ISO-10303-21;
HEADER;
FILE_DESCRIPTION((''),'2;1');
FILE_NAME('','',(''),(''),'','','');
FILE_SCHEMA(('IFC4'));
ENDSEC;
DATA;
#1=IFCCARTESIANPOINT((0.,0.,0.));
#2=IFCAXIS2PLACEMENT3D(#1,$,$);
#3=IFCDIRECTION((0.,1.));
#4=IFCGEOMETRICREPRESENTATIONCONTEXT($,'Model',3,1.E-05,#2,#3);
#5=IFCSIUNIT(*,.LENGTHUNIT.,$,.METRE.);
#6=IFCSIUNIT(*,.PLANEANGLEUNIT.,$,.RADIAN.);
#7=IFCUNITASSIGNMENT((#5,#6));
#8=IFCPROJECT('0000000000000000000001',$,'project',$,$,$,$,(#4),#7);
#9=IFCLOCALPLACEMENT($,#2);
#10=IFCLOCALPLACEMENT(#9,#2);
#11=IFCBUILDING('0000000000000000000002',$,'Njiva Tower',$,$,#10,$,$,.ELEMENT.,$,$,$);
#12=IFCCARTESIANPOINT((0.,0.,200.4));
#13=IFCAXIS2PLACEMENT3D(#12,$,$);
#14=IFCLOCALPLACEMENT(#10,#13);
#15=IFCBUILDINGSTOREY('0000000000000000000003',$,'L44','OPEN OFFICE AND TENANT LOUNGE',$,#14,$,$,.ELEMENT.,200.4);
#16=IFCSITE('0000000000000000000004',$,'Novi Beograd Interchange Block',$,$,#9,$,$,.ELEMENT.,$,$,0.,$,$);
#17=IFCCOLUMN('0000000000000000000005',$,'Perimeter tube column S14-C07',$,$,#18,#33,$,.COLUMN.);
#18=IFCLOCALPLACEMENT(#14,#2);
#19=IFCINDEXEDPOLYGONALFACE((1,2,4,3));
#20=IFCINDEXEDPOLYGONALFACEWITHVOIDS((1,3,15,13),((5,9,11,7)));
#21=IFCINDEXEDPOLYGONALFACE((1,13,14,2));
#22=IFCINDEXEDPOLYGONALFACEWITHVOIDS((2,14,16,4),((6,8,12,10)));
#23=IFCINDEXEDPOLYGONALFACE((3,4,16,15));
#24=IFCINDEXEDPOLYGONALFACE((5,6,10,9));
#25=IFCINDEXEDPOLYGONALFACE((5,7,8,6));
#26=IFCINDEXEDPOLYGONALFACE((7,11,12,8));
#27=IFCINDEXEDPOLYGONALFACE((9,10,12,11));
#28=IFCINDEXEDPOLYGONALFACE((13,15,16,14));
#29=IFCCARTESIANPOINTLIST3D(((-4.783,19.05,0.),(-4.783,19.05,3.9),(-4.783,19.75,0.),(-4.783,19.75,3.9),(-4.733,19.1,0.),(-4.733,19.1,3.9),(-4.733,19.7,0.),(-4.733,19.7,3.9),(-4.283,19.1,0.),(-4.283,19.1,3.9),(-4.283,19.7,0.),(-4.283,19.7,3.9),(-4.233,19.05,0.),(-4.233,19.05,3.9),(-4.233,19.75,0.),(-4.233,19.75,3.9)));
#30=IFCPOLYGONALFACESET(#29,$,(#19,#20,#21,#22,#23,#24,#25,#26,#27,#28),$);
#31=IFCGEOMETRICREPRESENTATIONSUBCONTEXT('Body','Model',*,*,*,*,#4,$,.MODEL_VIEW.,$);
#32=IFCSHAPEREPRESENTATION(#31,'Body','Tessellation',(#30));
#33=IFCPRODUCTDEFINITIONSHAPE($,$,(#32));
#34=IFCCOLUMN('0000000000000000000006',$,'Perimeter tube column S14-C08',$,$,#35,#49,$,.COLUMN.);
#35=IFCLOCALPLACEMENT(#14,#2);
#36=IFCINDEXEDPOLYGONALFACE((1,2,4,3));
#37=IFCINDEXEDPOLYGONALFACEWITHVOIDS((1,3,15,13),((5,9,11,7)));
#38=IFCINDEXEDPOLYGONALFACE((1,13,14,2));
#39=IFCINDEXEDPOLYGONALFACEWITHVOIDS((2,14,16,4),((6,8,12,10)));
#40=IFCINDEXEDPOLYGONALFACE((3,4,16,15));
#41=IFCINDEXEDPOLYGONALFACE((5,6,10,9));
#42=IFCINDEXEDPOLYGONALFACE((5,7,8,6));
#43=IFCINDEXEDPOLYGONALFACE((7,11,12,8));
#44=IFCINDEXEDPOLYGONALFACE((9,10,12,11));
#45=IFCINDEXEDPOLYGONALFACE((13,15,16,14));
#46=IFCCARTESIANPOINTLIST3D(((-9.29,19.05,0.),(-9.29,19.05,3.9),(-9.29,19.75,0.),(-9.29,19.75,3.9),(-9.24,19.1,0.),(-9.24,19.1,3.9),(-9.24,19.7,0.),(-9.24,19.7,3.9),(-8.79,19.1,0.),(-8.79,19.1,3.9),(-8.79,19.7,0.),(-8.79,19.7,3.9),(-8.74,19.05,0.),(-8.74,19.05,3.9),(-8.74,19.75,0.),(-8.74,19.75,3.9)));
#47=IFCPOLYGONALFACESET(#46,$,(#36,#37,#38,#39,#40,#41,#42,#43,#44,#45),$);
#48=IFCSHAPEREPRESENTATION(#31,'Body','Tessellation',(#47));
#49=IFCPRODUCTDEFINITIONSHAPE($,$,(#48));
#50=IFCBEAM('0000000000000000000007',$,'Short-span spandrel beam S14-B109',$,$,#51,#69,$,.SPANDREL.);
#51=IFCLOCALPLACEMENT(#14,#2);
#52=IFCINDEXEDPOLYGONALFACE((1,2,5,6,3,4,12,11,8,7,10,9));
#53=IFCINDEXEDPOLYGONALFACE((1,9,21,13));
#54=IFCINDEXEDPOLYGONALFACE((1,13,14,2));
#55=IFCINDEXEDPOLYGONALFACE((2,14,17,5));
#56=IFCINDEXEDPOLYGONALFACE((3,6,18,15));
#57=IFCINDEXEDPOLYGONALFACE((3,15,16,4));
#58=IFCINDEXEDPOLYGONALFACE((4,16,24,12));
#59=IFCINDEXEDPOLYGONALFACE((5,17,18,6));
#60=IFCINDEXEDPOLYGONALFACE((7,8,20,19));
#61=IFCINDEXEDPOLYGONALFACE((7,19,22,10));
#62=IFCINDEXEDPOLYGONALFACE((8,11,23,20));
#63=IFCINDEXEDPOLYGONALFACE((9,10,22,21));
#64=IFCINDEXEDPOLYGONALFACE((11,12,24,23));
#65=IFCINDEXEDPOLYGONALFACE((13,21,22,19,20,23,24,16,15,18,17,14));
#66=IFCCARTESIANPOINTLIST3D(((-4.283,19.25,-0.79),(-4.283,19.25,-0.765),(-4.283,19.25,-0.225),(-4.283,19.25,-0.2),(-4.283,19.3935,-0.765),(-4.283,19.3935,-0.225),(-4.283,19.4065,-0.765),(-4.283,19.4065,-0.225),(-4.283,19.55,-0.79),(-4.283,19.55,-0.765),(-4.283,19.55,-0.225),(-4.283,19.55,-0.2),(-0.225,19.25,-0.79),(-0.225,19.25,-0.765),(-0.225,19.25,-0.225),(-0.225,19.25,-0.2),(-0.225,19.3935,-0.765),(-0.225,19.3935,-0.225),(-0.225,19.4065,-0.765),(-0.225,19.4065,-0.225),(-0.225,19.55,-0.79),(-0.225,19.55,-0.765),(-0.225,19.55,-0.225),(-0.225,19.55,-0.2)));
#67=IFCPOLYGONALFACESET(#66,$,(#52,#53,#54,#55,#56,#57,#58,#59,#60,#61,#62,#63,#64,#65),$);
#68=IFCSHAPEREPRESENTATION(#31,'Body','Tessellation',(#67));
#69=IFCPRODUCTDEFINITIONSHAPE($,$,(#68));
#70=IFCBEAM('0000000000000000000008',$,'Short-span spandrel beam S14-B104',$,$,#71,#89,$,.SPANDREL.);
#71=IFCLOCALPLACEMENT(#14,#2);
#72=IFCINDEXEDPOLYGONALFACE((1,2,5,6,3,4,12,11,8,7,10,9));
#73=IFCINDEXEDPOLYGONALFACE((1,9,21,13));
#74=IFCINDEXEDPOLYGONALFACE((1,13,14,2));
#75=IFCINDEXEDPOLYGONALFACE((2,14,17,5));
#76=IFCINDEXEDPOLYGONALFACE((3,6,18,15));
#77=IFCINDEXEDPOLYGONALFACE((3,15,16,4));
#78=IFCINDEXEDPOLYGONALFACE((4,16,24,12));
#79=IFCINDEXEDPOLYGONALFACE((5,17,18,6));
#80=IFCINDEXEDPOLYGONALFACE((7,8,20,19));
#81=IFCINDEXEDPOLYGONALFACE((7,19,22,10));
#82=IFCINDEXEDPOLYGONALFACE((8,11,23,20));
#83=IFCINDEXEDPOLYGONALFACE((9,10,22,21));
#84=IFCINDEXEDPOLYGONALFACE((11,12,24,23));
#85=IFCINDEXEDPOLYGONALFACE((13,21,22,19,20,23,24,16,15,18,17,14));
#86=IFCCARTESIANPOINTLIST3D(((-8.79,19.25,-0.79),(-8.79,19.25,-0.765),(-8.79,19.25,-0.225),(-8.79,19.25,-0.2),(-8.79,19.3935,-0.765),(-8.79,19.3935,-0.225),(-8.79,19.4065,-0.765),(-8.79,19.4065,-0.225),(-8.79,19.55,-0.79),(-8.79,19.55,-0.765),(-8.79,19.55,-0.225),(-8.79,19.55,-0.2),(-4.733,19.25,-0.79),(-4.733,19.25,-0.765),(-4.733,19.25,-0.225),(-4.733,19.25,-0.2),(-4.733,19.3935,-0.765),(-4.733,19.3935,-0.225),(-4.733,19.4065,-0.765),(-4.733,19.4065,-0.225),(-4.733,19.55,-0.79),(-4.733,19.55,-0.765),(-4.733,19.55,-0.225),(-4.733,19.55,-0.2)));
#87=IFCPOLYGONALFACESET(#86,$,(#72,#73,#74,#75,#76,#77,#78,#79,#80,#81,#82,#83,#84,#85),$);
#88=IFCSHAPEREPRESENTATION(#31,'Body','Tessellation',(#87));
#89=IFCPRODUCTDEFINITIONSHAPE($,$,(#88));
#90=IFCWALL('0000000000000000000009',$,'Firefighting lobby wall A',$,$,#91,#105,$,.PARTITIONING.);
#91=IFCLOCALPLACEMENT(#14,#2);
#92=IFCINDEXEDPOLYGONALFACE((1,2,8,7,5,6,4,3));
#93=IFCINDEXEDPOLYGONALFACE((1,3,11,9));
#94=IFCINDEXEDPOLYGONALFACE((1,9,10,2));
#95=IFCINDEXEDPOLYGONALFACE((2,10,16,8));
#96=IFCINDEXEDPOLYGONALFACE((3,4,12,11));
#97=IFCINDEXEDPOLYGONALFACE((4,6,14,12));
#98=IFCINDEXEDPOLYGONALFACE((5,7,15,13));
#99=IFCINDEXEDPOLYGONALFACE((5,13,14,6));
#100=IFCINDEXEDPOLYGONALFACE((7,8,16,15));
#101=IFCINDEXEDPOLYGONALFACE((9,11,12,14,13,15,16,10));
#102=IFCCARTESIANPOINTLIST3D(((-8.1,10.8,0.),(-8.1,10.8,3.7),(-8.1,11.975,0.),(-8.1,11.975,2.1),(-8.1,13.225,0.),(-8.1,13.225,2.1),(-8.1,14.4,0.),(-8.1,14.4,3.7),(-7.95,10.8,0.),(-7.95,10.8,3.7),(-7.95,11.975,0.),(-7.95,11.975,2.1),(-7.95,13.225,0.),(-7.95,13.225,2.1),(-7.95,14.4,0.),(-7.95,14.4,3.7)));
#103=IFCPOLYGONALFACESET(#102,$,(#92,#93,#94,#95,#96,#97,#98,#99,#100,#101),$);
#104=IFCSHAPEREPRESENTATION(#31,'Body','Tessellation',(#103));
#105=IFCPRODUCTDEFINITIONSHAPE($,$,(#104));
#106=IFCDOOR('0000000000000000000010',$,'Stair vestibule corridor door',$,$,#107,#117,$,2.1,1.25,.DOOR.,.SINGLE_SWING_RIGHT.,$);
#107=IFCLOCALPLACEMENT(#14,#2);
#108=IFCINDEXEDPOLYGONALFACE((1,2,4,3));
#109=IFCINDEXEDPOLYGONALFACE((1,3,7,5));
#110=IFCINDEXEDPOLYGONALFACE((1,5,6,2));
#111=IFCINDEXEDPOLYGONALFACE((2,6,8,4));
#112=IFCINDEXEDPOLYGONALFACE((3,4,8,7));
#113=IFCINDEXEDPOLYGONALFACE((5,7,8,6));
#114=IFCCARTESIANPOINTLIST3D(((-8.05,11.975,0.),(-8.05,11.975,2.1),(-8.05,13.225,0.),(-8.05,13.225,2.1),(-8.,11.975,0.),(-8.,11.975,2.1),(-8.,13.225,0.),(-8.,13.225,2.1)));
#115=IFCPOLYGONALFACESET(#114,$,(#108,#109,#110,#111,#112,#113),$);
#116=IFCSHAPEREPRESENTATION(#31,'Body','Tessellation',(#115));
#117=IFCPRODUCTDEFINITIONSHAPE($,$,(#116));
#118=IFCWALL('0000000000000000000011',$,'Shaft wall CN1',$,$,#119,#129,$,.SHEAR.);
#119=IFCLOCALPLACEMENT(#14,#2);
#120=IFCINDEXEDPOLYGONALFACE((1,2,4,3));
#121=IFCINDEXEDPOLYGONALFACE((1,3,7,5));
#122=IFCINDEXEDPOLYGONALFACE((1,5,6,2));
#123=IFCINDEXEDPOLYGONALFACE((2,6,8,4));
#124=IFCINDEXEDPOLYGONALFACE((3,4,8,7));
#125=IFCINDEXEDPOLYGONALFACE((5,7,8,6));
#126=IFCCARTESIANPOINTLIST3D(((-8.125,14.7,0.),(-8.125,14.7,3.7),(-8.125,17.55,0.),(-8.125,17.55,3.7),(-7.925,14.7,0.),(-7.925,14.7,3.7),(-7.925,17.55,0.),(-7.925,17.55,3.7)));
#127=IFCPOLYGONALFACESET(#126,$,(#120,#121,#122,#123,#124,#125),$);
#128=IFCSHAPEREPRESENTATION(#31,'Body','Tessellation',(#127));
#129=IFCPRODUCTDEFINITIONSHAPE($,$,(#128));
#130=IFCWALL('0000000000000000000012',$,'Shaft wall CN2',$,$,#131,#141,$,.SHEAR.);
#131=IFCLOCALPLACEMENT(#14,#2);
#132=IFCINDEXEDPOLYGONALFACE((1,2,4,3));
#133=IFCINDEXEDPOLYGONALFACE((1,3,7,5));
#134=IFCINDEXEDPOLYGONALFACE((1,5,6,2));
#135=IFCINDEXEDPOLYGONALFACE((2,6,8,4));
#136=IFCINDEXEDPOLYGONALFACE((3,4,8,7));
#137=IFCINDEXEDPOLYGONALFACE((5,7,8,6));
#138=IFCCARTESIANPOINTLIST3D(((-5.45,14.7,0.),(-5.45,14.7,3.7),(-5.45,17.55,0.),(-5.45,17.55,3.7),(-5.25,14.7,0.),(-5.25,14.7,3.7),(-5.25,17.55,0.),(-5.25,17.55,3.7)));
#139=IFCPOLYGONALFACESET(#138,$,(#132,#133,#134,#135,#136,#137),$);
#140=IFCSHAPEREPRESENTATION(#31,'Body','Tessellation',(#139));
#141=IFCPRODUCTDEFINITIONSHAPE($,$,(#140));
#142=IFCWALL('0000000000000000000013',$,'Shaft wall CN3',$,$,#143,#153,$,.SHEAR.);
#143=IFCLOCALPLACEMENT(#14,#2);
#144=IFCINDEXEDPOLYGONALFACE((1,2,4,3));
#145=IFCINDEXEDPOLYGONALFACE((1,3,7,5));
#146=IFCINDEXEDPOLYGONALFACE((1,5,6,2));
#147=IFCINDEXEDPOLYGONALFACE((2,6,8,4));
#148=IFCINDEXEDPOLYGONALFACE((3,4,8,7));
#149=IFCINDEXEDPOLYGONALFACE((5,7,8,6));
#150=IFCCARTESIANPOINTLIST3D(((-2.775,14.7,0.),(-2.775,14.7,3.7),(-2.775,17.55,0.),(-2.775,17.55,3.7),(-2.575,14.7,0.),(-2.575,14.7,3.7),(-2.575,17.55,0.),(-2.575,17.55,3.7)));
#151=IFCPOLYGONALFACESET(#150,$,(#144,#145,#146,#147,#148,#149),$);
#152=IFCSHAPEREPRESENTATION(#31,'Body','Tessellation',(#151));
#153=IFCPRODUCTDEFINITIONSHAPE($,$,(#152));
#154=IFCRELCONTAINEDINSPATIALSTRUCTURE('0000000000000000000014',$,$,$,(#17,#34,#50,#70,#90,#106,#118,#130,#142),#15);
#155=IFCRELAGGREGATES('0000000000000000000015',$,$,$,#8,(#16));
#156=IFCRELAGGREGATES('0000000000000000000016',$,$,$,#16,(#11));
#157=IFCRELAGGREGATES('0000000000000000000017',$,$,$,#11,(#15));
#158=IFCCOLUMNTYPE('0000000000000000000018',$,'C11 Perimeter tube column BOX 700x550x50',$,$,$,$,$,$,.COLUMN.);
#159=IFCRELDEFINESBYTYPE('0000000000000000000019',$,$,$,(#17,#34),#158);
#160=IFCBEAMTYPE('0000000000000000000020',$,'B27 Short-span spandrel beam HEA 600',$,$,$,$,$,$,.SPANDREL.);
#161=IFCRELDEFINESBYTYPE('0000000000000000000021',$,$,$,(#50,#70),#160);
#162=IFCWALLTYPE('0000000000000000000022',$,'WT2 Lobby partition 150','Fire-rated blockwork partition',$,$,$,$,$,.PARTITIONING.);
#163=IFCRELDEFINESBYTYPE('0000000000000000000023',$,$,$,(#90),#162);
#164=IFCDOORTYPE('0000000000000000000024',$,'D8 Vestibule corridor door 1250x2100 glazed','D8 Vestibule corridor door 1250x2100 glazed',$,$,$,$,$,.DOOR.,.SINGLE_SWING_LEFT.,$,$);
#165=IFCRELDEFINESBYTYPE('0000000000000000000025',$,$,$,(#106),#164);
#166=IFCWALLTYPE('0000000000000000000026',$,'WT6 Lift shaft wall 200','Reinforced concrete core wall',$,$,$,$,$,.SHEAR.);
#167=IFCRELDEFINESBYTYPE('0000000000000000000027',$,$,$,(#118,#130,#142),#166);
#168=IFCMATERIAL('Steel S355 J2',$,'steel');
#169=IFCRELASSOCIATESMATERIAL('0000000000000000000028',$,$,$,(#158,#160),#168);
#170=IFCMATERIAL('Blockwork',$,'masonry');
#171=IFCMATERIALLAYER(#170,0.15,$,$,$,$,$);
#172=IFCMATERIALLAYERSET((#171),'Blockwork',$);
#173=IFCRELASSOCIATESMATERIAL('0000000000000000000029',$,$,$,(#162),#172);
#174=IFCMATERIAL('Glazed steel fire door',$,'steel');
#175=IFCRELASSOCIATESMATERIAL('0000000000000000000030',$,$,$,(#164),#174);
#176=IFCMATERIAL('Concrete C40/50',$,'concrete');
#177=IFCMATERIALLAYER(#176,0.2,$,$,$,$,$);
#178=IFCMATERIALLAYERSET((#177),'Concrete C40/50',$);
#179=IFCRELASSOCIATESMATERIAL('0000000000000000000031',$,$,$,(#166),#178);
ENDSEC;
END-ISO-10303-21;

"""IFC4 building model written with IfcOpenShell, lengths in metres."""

from ifc_helpers import new_model, si_unit, direction, frame, frame_2d, origin, origin_2d, place, context, subcontext, project, spatial, rectangle, hollow_rectangle, i_section, extrude, material, layer, layer_set, material_profile, profile_set, type_object, element, fill, save


model = new_model("IFC4")

# Units and contexts
model_context = context("Model", 3, precision=1e-05, world=origin(), true_north=direction((0.0, 1.0)))
body_context = subcontext(model_context, "Body", "Model", "MODEL_VIEW")
ifc_project = project(units=[si_unit("LENGTHUNIT", "METRE"), si_unit("PLANEANGLEUNIT", "RADIAN")], contexts=[model_context])

# Site, building, storey
site_placement = place(None, origin())
site = spatial("IfcSite", under=ifc_project, at=site_placement, Name="Novi Beograd Interchange Block", CompositionType="ELEMENT", RefElevation=0.0)
building_placement = place(site_placement, origin())
building = spatial("IfcBuilding", under=site, at=building_placement, Name="Njiva Tower", CompositionType="ELEMENT")
storey_placement = place(building_placement, frame((0.0, 0.0, 200.4)))
storey = spatial("IfcBuildingStorey", under=building, at=storey_placement, Name="L44", Description="OPEN OFFICE AND TENANT LOUNGE", CompositionType="ELEMENT", Elevation=200.4)

# Columns
ifc_material_1 = material(Name="Steel S355 J2", Category="steel")
ifc_material_profile_1 = material_profile(ifc_material_1, hollow_rectangle(XDim=0.55, YDim=0.7, WallThickness=0.05, at=origin_2d()), Name="BOX 700x550x50")
ifc_profile_set_1 = profile_set([ifc_material_profile_1], Name="Steel S355 J2")
column_type = type_object("IfcColumnType", Name="C11 Perimeter tube column BOX 700x550x50", PredefinedType="COLUMN", material=ifc_profile_set_1)
for number, where, z_axis, x_axis, name in (
    (1, (-4.508, 19.4, 0.0), (0.0, 0.0, 1.0), (-1.0, 0.0, 0.0), "Perimeter tube column S14-C07"),
    (2, (-9.015, 19.4, 0.0), (0.0, 0.0, 1.0), (-1.0, 0.0, 0.0), "Perimeter tube column S14-C08"),
):
    element("IfcColumn", number, at=place(storey_placement, frame(where, z_axis=z_axis, x_axis=x_axis)), inside=storey, type_object=column_type, Name=name, PredefinedType="COLUMN", context=body_context, shape_type="SweptSolid", body=[
        extrude(hollow_rectangle(XDim=0.55, YDim=0.7, WallThickness=0.05, at=origin_2d()), origin(), (0.0, 0.0, 1.0), 3.9),
    ])

# Beams
ifc_material_profile_2 = material_profile(ifc_material_1, i_section(OverallWidth=0.3, OverallDepth=0.59, WebThickness=0.013, FlangeThickness=0.025, at=origin_2d()), Name="HEA 600")
ifc_profile_set_2 = profile_set([ifc_material_profile_2], Name="Steel S355 J2")
beam_type = type_object("IfcBeamType", Name="B27 Short-span spandrel beam HEA 600", PredefinedType="SPANDREL", material=ifc_profile_set_2)
beam_1_placement = place(storey_placement, frame((-0.225, 19.4, -0.495), z_axis=(-1.0, 0.0, 0.0), x_axis=(0.0, -1.0, 0.0)))
element("IfcBeam", 3, at=beam_1_placement, inside=storey, type_object=beam_type, Name="Short-span spandrel beam S14-B109", PredefinedType="SPANDREL", context=body_context, shape_type="SweptSolid", body=[
    extrude(i_section(OverallWidth=0.3, OverallDepth=0.59, WebThickness=0.013, FlangeThickness=0.025, at=origin_2d()), origin(), (0.0, 0.0, 1.0), 4.058),
])
beam_2_placement = place(storey_placement, frame((-4.733, 19.4, -0.495), z_axis=(-1.0, 0.0, 0.0), x_axis=(0.0, -1.0, 0.0)))
element("IfcBeam", 4, at=beam_2_placement, inside=storey, type_object=beam_type, Name="Short-span spandrel beam S14-B104", PredefinedType="SPANDREL", context=body_context, shape_type="SweptSolid", body=[
    extrude(i_section(OverallWidth=0.3, OverallDepth=0.59, WebThickness=0.013, FlangeThickness=0.025, at=origin_2d()), origin(), (0.0, 0.0, 1.0), 4.057),
])

# Wall, opening, door
ifc_material_2 = material(Name="Blockwork", Category="masonry")
ifc_layer_1 = layer(ifc_material_2, 0.15)
ifc_layer_set_1 = layer_set([ifc_layer_1], Name="Blockwork")
wall_type_1 = type_object("IfcWallType", Name="WT2 Lobby partition 150", Description="Fire-rated blockwork partition", PredefinedType="PARTITIONING", material=ifc_layer_set_1)
wall_placement = place(storey_placement, frame((-8.025, 10.8, 0.0), z_axis=(0.0, 0.0, 1.0), x_axis=(0.0, 1.0, 0.0)))
wall = element("IfcWall", 5, at=wall_placement, inside=storey, type_object=wall_type_1, Name="Firefighting lobby wall A", PredefinedType="PARTITIONING", context=body_context, shape_type="SweptSolid", body=[
    extrude(rectangle(XDim=3.6, YDim=0.15, at=frame_2d((1.8, 0.0))), origin(), (0.0, 0.0, 1.0), 3.7),
])
opening_placement = place(wall_placement, frame((1.175, 0.0, 0.0)))
opening = element("IfcOpeningElement", 6, at=opening_placement, cuts=wall, PredefinedType="OPENING", context=body_context, shape_type="SweptSolid", body=[
    extrude(rectangle(XDim=1.25, YDim=2.1, at=frame_2d((0.625, 1.05))), frame((0.0, 0.085, 0.0), z_axis=(0.0, -1.0, 0.0), x_axis=(1.0, 0.0, 0.0)), (0.0, 0.0, 1.0), 0.17),
])
ifc_material_3 = material(Name="Glazed steel fire door", Category="steel")
door_type = type_object("IfcDoorType", Name="D8 Vestibule corridor door 1250x2100 glazed", Description="D8 Vestibule corridor door 1250x2100 glazed", OperationType="SINGLE_SWING_LEFT", PredefinedType="DOOR", material=ifc_material_3)
door_placement = place(opening_placement, origin())
door = element("IfcDoor", 7, at=door_placement, inside=storey, type_object=door_type, Name="Stair vestibule corridor door", OperationType="SINGLE_SWING_RIGHT", OverallHeight=2.1, OverallWidth=1.25, PredefinedType="DOOR", context=body_context, shape_type="SweptSolid", body=[
    extrude(rectangle(XDim=1.25, YDim=2.1, at=frame_2d((0.625, 1.05))), frame((0.0, 0.025, 0.0), z_axis=(0.0, -1.0, 0.0), x_axis=(1.0, 0.0, 0.0)), (0.0, 0.0, 1.0), 0.05),
])
fill(opening, door)

# Walls
ifc_material_4 = material(Name="Concrete C40/50", Category="concrete")
ifc_layer_2 = layer(ifc_material_4, 0.2)
ifc_layer_set_2 = layer_set([ifc_layer_2], Name="Concrete C40/50")
wall_type_2 = type_object("IfcWallType", Name="WT6 Lift shaft wall 200", Description="Reinforced concrete core wall", PredefinedType="SHEAR", material=ifc_layer_set_2)
for number, where, z_axis, x_axis, name in (
    (8, (-8.025, 14.7, 0.0), (0.0, 0.0, 1.0), (0.0, 1.0, 0.0), "Shaft wall CN1"),
    (9, (-5.35, 14.7, 0.0), (0.0, 0.0, 1.0), (0.0, 1.0, 0.0), "Shaft wall CN2"),
    (10, (-2.675, 14.7, 0.0), (0.0, 0.0, 1.0), (0.0, 1.0, 0.0), "Shaft wall CN3"),
):
    element("IfcWall", number, at=place(storey_placement, frame(where, z_axis=z_axis, x_axis=x_axis)), inside=storey, type_object=wall_type_2, Name=name, PredefinedType="SHEAR", context=body_context, shape_type="SweptSolid", body=[
        extrude(rectangle(XDim=2.85, YDim=0.2, at=frame_2d((1.425, 0.0))), origin(), (0.0, 0.0, 1.0), 3.7),
    ])

save(model, "model.ifc")
